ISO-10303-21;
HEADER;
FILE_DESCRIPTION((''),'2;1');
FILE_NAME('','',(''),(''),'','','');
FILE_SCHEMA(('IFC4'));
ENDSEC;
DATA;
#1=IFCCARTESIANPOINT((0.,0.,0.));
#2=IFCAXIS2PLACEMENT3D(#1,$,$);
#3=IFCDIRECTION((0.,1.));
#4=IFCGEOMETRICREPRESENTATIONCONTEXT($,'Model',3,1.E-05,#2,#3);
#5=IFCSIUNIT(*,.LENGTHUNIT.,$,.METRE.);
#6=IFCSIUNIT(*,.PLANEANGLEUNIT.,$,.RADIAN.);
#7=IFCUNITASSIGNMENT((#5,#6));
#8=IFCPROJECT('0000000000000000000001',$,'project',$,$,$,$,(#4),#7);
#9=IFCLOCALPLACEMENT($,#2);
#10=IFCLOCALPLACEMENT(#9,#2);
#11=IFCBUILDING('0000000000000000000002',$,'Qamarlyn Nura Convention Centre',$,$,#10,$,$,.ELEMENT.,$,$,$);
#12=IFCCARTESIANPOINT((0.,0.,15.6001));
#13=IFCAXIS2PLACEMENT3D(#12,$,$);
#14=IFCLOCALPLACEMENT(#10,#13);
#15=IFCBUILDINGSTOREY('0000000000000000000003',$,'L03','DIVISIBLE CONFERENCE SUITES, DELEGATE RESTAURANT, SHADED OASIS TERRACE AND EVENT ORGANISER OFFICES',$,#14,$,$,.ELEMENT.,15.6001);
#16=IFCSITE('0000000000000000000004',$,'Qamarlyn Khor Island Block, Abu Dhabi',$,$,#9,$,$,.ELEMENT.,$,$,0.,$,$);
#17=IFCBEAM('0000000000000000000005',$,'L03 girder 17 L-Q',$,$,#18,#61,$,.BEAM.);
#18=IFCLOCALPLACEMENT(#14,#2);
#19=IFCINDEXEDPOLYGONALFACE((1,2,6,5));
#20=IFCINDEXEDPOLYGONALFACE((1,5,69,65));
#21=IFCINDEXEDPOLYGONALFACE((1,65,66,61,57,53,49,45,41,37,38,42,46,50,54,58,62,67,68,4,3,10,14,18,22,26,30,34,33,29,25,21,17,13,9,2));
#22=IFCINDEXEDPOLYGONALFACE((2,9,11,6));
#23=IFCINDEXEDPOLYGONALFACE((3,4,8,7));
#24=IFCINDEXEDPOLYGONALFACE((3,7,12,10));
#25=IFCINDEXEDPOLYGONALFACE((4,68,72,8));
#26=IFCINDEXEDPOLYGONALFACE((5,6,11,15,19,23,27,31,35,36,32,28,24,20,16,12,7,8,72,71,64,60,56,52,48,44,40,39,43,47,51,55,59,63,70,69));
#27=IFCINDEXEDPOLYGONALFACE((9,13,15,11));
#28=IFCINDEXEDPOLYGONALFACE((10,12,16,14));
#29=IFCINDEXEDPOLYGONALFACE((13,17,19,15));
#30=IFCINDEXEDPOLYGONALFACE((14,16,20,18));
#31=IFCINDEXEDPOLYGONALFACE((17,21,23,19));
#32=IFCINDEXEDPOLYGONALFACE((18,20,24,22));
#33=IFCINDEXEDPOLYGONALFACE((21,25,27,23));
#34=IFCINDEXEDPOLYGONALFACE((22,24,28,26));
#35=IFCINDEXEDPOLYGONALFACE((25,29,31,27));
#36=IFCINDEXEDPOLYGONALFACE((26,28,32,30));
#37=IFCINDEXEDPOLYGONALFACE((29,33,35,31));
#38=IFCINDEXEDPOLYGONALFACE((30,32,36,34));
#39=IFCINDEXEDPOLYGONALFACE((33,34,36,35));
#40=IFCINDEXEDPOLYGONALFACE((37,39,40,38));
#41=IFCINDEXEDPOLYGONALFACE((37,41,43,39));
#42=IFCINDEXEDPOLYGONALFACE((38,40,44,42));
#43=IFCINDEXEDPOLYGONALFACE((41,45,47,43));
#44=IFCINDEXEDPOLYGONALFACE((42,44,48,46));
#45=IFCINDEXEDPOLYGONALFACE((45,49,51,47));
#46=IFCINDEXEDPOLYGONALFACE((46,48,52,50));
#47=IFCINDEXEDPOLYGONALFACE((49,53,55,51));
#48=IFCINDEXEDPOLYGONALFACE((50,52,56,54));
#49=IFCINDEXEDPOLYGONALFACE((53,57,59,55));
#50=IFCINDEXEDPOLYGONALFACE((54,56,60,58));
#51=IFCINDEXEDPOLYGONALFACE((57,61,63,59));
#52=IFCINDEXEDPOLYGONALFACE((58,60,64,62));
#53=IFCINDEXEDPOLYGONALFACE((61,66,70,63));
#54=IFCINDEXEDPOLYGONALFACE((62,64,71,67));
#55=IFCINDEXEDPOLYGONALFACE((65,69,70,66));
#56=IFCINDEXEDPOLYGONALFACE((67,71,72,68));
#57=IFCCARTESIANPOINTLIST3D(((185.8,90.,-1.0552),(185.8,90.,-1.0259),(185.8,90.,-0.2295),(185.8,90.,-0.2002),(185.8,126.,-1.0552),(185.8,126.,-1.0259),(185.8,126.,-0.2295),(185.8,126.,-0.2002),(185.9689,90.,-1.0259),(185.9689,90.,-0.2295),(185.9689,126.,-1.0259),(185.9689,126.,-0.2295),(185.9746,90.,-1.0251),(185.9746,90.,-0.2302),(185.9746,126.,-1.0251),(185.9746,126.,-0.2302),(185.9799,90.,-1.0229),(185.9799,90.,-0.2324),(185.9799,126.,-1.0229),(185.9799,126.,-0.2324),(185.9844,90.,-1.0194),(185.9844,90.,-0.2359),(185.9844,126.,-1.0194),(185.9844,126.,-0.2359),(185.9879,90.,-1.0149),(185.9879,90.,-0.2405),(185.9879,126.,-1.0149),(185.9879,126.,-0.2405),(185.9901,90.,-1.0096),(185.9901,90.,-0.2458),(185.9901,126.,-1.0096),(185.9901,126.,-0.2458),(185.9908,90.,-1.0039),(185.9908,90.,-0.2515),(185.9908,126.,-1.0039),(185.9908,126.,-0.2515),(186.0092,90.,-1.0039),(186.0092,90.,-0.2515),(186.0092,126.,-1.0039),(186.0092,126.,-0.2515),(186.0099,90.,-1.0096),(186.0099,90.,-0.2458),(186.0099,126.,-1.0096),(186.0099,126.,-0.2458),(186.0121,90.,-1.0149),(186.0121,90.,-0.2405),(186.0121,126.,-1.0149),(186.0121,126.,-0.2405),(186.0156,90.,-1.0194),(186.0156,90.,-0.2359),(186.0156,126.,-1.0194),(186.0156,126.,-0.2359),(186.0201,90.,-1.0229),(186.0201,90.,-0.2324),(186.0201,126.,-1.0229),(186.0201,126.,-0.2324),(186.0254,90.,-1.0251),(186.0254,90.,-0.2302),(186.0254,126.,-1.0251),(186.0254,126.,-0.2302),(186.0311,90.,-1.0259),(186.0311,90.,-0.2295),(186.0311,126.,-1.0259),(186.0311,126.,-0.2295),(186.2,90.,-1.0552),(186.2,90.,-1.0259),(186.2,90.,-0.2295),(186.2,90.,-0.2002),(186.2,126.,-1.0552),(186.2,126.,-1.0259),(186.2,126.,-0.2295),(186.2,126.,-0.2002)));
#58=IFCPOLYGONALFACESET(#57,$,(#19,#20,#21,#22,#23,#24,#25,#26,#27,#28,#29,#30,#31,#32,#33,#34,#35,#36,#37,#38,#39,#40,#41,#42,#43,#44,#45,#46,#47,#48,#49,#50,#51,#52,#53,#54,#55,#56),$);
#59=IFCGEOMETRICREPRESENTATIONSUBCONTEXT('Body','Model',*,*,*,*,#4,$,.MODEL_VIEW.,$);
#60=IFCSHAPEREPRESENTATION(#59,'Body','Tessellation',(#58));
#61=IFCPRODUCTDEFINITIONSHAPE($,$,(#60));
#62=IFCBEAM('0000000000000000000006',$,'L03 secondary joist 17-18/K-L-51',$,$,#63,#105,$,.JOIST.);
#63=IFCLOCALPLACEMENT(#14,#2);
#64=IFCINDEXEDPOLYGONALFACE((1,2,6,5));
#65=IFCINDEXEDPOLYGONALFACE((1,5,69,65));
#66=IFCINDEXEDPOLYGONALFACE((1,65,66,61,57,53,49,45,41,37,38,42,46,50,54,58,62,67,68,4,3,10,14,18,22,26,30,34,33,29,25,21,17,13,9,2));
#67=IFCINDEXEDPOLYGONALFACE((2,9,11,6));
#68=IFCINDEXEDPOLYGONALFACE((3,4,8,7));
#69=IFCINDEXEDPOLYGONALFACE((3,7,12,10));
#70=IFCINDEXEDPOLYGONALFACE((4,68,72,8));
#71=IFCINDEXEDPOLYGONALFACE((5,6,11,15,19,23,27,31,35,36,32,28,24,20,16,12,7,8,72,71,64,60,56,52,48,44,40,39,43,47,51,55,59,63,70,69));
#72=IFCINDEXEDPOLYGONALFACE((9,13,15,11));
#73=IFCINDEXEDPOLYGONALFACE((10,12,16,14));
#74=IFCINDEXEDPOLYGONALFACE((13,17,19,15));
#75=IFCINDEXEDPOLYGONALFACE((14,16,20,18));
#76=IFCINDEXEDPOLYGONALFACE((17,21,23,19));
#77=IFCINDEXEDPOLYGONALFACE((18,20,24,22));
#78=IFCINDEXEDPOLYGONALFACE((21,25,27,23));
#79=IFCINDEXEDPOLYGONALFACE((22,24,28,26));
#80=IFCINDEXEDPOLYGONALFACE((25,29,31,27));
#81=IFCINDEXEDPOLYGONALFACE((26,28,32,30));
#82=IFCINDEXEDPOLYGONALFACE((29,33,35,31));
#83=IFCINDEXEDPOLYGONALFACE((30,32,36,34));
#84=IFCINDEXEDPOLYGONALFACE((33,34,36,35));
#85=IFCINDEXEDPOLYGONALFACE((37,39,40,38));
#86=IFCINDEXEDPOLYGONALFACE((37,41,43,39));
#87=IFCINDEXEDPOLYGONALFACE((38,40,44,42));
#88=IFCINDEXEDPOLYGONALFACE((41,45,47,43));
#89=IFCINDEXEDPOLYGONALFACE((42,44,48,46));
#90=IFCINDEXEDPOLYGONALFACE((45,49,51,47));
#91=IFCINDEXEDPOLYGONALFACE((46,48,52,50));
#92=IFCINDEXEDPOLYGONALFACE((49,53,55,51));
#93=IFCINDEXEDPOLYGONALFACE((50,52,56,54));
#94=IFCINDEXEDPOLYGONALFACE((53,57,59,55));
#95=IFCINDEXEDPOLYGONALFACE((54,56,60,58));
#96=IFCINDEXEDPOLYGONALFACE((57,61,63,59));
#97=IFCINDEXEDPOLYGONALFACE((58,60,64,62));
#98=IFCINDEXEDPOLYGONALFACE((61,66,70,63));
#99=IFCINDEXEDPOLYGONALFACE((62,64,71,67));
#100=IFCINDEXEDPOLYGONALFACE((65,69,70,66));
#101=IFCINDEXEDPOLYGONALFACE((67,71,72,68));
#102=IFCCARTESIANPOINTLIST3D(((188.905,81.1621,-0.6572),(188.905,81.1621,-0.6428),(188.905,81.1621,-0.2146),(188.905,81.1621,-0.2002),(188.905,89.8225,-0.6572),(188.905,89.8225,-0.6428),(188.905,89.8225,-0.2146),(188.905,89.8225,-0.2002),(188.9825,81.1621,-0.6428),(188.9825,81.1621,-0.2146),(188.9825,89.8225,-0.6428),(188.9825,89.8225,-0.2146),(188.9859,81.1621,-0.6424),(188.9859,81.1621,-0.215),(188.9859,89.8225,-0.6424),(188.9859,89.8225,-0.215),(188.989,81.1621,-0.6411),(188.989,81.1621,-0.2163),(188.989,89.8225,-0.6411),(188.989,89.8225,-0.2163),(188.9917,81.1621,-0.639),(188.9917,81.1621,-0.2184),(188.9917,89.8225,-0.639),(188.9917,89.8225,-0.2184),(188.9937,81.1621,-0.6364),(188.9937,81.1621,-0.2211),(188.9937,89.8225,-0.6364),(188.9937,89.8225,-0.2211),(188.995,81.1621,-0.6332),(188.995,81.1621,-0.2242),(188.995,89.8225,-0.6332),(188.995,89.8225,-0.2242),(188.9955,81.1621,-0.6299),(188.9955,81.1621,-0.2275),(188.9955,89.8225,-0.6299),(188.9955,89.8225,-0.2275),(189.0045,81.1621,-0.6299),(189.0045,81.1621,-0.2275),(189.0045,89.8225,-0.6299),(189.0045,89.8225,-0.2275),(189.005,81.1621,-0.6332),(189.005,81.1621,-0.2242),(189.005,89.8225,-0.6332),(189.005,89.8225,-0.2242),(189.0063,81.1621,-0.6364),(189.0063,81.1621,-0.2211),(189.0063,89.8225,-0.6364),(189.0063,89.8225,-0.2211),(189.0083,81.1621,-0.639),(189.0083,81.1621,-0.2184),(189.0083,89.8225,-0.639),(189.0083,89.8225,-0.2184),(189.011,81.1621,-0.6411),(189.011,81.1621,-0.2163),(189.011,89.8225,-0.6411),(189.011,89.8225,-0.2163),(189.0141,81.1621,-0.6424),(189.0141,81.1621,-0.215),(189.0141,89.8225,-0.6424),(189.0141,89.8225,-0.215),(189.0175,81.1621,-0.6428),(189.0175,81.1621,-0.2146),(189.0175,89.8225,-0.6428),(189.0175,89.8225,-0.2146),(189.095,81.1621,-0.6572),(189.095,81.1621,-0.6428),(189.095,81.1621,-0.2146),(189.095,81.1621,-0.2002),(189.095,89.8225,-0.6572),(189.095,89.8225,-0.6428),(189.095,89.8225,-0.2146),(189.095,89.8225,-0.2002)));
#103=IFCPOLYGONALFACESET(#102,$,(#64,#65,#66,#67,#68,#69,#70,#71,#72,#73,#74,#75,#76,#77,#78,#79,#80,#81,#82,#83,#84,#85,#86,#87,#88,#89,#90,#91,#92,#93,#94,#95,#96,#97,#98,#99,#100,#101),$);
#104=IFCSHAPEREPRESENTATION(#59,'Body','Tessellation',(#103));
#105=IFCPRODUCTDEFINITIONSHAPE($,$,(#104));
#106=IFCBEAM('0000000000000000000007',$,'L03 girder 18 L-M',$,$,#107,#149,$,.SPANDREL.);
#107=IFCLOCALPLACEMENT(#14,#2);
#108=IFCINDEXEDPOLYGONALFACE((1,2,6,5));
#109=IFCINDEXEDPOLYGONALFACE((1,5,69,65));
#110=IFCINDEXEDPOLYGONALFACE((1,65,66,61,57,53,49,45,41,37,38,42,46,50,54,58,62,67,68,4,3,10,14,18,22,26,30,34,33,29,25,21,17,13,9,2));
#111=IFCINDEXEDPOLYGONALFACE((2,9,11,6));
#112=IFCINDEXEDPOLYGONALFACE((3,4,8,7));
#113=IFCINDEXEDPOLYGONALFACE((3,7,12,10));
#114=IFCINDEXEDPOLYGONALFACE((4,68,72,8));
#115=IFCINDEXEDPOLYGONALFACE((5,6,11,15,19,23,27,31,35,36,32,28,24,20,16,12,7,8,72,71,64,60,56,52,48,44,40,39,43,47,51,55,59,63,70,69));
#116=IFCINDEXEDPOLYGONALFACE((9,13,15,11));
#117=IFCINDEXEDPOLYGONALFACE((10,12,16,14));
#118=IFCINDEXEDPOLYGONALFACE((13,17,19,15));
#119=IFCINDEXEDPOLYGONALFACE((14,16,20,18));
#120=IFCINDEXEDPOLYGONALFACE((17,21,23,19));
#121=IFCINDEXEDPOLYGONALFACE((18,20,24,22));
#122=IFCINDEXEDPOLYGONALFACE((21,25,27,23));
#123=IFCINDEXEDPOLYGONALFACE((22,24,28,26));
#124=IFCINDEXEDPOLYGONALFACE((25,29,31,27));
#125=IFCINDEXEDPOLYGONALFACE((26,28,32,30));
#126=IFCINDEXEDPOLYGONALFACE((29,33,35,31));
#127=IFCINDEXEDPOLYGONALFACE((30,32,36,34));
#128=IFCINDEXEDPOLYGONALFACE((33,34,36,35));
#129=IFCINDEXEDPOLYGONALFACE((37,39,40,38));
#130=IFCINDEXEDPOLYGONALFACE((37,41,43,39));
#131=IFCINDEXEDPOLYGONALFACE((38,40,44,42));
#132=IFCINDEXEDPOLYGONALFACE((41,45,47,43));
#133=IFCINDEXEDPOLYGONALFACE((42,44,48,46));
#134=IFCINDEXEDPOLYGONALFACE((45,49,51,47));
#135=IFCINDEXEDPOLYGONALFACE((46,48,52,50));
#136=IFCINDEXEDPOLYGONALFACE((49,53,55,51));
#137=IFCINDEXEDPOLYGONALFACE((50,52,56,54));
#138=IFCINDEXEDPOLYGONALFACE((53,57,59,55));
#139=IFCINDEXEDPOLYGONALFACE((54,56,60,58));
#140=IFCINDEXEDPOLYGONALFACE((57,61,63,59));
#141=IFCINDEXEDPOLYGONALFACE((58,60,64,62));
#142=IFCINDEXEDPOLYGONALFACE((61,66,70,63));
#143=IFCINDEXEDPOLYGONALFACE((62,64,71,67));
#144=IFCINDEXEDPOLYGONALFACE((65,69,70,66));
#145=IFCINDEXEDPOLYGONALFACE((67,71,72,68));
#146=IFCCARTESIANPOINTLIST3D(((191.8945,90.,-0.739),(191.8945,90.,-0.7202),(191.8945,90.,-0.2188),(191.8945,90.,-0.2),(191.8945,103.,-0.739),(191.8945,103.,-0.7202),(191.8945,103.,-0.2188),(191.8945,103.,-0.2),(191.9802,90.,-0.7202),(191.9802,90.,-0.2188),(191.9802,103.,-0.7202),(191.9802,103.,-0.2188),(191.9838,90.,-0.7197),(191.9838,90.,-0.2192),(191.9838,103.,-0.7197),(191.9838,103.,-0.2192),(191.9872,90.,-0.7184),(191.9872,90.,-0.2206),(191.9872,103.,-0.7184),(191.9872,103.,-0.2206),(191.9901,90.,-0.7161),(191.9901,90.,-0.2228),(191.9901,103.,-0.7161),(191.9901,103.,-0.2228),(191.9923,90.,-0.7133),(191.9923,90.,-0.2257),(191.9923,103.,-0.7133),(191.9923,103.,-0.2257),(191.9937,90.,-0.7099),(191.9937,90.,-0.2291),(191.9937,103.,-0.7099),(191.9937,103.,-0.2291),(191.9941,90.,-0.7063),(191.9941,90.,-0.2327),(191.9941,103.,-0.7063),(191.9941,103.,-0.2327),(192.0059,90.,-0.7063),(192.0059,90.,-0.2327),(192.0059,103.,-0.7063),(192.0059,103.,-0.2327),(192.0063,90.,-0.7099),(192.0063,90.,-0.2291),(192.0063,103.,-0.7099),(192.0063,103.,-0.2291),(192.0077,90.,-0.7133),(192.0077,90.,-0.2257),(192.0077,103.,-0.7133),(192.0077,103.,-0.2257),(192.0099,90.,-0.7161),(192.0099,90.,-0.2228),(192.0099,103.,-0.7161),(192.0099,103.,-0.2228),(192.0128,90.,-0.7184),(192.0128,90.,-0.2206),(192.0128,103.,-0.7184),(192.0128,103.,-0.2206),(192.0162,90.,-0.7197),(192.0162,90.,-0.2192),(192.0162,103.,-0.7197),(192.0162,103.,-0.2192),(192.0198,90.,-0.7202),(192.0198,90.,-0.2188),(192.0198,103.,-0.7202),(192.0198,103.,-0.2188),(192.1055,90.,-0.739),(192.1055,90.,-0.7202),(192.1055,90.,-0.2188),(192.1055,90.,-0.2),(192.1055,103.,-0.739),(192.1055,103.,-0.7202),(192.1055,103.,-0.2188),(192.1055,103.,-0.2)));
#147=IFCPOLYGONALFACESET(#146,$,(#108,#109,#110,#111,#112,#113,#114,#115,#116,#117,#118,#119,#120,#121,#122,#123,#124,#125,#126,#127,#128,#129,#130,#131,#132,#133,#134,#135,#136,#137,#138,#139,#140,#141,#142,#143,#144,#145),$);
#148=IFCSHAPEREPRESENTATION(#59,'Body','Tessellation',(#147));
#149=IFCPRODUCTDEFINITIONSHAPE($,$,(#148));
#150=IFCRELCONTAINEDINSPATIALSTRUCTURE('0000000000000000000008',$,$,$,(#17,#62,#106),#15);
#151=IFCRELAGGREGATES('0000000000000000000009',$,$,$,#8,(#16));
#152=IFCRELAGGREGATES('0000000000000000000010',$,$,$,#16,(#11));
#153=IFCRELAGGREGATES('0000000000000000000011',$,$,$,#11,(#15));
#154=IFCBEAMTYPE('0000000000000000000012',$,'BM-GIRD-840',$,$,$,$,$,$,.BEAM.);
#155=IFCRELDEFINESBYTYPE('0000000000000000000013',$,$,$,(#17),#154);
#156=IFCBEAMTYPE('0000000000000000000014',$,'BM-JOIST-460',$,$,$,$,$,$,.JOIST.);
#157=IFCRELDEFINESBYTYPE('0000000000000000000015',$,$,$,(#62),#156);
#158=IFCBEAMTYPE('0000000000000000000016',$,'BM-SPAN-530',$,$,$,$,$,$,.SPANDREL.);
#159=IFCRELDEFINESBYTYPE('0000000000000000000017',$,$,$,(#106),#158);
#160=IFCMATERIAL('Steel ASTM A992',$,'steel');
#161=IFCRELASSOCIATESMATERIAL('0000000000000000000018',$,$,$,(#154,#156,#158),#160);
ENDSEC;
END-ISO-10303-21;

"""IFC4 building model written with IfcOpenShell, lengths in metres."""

from ifc_helpers import new_model, si_unit, direction, frame, origin, origin_2d, place, context, subcontext, project, spatial, i_section, extrude, material, material_profile, profile_set, type_object, element, save


model = new_model("IFC4")

# Units and contexts
model_context = context("Model", 3, precision=1e-05, world=origin(), true_north=direction((0.0, 1.0)))
body_context = subcontext(model_context, "Body", "Model", "MODEL_VIEW")
ifc_project = project(units=[si_unit("LENGTHUNIT", "METRE"), si_unit("PLANEANGLEUNIT", "RADIAN")], contexts=[model_context])

# Site, building, storey
site_placement = place(None, origin())
site = spatial("IfcSite", under=ifc_project, at=site_placement, Name="Qamarlyn Khor Island Block, Abu Dhabi", CompositionType="ELEMENT", RefElevation=0.0)
building_placement = place(site_placement, origin())
building = spatial("IfcBuilding", under=site, at=building_placement, Name="Qamarlyn Nura Convention Centre", CompositionType="ELEMENT")
storey_placement = place(building_placement, frame((0.0, 0.0, 15.6001)))
storey = spatial("IfcBuildingStorey", under=building, at=storey_placement, Name="L03", Description="DIVISIBLE CONFERENCE SUITES, DELEGATE RESTAURANT, SHADED OASIS TERRACE AND EVENT ORGANISER OFFICES", CompositionType="ELEMENT", Elevation=15.6001)

# Shared definitions
ifc_material_1 = material(Name="Steel ASTM A992", Category="steel")

# Beams
ifc_material_profile_1 = material_profile(ifc_material_1, i_section(OverallWidth=0.3999, OverallDepth=0.855, WebThickness=0.0183, FlangeThickness=0.0293, FilletRadius=0.022, at=origin_2d()), Name="W840X299")
ifc_profile_set_1 = profile_set([ifc_material_profile_1], Name="Steel ASTM A992")
beam_type_1 = type_object("IfcBeamType", Name="BM-GIRD-840", PredefinedType="BEAM", material=ifc_profile_set_1)
beam_1_placement = place(storey_placement, frame((186.0, 90.0, -0.6277), z_axis=(0.0, 1.0, 0.0), x_axis=(-1.0, 0.0, 0.0)))
element("IfcBeam", 1, at=beam_1_placement, inside=storey, type_object=beam_type_1, Name="L03 girder 17 L-Q", PredefinedType="BEAM", context=body_context, shape_type="SweptSolid", body=[
    extrude(i_section(OverallWidth=0.3999, OverallDepth=0.855, WebThickness=0.0183, FlangeThickness=0.0293, FilletRadius=0.022, at=origin_2d()), origin(), (0.0, 0.0, 1.0), 36.0),
])
ifc_material_profile_2 = material_profile(ifc_material_1, i_section(OverallWidth=0.1899, OverallDepth=0.457, WebThickness=0.009, FlangeThickness=0.0144, FilletRadius=0.0129, at=origin_2d()), Name="W460X74")
ifc_profile_set_2 = profile_set([ifc_material_profile_2], Name="Steel ASTM A992")
beam_type_2 = type_object("IfcBeamType", Name="BM-JOIST-460", PredefinedType="JOIST", material=ifc_profile_set_2)
beam_2_placement = place(storey_placement, frame((189.0, 81.1621, -0.4287), z_axis=(0.0, 1.0, 0.0), x_axis=(-1.0, 0.0, 0.0)))
element("IfcBeam", 2, at=beam_2_placement, inside=storey, type_object=beam_type_2, Name="L03 secondary joist 17-18/K-L-51", PredefinedType="JOIST", context=body_context, shape_type="SweptSolid", body=[
    extrude(i_section(OverallWidth=0.1899, OverallDepth=0.457, WebThickness=0.009, FlangeThickness=0.0144, FilletRadius=0.0129, at=origin_2d()), origin(), (0.0, 0.0, 1.0), 8.6604),
])
ifc_material_profile_3 = material_profile(ifc_material_1, i_section(OverallWidth=0.2109, OverallDepth=0.5391, WebThickness=0.0117, FlangeThickness=0.0188, FilletRadius=0.0139, at=origin_2d()), Name="W530X109")
ifc_profile_set_3 = profile_set([ifc_material_profile_3], Name="Steel ASTM A992")
beam_type_3 = type_object("IfcBeamType", Name="BM-SPAN-530", PredefinedType="SPANDREL", material=ifc_profile_set_3)
beam_3_placement = place(storey_placement, frame((192.0, 90.0, -0.4695), z_axis=(0.0, 1.0, 0.0), x_axis=(-1.0, 0.0, 0.0)))
element("IfcBeam", 3, at=beam_3_placement, inside=storey, type_object=beam_type_3, Name="L03 girder 18 L-M", PredefinedType="SPANDREL", context=body_context, shape_type="SweptSolid", body=[
    extrude(i_section(OverallWidth=0.2109, OverallDepth=0.5391, WebThickness=0.0117, FlangeThickness=0.0188, FilletRadius=0.0139, at=origin_2d()), origin(), (0.0, 0.0, 1.0), 13.0),
])

save(model, "model.ifc")
